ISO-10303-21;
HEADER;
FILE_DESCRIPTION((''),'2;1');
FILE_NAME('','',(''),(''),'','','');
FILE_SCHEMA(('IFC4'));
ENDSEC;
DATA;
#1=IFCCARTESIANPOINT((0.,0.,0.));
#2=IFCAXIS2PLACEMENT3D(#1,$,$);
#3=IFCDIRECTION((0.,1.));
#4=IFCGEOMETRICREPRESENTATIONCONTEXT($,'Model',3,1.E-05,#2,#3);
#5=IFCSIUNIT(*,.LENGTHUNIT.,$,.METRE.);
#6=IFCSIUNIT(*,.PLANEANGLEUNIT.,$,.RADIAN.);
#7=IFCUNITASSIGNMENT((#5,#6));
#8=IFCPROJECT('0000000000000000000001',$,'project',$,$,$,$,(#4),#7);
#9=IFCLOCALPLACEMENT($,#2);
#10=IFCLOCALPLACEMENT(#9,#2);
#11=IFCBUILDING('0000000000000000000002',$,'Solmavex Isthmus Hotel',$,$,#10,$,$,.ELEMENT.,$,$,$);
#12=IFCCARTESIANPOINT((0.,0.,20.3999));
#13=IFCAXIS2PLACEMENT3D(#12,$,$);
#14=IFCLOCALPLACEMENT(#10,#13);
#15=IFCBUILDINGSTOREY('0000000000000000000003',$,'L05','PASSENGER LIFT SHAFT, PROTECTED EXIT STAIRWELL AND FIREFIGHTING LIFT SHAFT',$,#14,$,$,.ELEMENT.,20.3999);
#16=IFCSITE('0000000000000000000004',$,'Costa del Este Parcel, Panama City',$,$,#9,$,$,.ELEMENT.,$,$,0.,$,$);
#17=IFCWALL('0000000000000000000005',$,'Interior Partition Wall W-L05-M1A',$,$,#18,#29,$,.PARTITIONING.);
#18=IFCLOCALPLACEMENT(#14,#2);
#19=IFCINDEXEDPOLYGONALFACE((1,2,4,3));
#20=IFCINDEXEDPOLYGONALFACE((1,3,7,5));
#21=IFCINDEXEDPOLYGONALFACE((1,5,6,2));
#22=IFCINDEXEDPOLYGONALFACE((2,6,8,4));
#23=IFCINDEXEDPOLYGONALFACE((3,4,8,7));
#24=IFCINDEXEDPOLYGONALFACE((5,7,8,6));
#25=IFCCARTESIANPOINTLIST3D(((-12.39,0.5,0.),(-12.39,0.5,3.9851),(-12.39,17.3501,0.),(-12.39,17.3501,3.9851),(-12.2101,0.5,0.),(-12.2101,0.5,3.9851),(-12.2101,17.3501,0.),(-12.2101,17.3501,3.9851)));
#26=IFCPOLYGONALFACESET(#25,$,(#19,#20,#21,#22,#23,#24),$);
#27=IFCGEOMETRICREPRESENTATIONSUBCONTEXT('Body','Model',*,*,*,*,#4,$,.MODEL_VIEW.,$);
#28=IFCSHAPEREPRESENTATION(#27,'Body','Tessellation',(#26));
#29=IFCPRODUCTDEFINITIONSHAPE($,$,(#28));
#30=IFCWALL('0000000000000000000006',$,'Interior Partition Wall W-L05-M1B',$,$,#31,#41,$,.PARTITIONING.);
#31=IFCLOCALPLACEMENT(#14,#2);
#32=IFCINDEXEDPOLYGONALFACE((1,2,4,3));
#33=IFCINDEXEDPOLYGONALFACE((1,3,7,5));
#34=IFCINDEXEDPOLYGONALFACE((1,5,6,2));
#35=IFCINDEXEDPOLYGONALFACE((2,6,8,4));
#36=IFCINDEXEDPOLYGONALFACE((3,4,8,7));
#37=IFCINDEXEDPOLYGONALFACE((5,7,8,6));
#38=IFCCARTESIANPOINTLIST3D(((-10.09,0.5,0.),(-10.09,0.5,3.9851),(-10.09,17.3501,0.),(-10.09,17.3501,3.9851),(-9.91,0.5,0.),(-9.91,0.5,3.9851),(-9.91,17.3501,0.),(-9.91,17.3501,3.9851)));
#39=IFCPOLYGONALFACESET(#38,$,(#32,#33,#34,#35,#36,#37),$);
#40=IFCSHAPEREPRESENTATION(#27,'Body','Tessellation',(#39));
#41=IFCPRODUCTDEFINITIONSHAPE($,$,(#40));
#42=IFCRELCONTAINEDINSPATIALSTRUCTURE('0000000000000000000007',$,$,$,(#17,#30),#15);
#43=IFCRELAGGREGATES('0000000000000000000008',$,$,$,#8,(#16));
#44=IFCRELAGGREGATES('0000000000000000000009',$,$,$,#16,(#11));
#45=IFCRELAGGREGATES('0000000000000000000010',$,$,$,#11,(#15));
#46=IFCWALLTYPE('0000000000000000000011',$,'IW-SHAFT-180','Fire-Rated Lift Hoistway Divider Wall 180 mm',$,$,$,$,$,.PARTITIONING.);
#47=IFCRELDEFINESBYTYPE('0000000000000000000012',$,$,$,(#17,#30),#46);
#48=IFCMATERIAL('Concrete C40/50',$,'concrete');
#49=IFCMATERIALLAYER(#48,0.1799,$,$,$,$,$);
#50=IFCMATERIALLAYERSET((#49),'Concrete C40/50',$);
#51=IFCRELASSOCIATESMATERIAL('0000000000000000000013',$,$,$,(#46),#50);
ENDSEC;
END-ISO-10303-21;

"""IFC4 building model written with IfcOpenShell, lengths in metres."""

from ifc_helpers import new_model, si_unit, direction, frame, frame_2d, origin, place, context, subcontext, project, spatial, rectangle, extrude, material, layer, layer_set, type_object, element, save


model = new_model("IFC4")

# Units and contexts
model_context = context("Model", 3, precision=1e-05, world=origin(), true_north=direction((0.0, 1.0)))
body_context = subcontext(model_context, "Body", "Model", "MODEL_VIEW")
ifc_project = project(units=[si_unit("LENGTHUNIT", "METRE"), si_unit("PLANEANGLEUNIT", "RADIAN")], contexts=[model_context])

# Site, building, storey
site_placement = place(None, origin())
site = spatial("IfcSite", under=ifc_project, at=site_placement, Name="Costa del Este Parcel, Panama City", CompositionType="ELEMENT", RefElevation=0.0)
building_placement = place(site_placement, origin())
building = spatial("IfcBuilding", under=site, at=building_placement, Name="Solmavex Isthmus Hotel", CompositionType="ELEMENT")
storey_placement = place(building_placement, frame((0.0, 0.0, 20.3999)))
storey = spatial("IfcBuildingStorey", under=building, at=storey_placement, Name="L05", Description="PASSENGER LIFT SHAFT, PROTECTED EXIT STAIRWELL AND FIREFIGHTING LIFT SHAFT", CompositionType="ELEMENT", Elevation=20.3999)

# Walls
ifc_material_1 = material(Name="Concrete C40/50", Category="concrete")
ifc_layer_1 = layer(ifc_material_1, 0.1799)
ifc_layer_set_1 = layer_set([ifc_layer_1], Name="Concrete C40/50")
wall_type_1 = type_object("IfcWallType", Name="IW-SHAFT-180", Description="Fire-Rated Lift Hoistway Divider Wall 180 mm", PredefinedType="PARTITIONING", material=ifc_layer_set_1)
for number, where, z_axis, x_axis, name in (
    (1, (-12.3, 0.5, 0.0), (0.0, 0.0, 1.0), (0.0, 1.0, 0.0), "Interior Partition Wall W-L05-M1A"),
    (2, (-10.0, 0.5, 0.0), (0.0, 0.0, 1.0), (0.0, 1.0, 0.0), "Interior Partition Wall W-L05-M1B"),
):
    element("IfcWall", number, at=place(storey_placement, frame(where, z_axis=z_axis, x_axis=x_axis)), inside=storey, type_object=wall_type_1, Name=name, PredefinedType="PARTITIONING", context=body_context, shape_type="SweptSolid", body=[
        extrude(rectangle(XDim=16.8501, YDim=0.1799, at=frame_2d((8.425, 0.0))), origin(), (0.0, 0.0, 1.0), 3.9851),
    ])

save(model, "model.ifc")
